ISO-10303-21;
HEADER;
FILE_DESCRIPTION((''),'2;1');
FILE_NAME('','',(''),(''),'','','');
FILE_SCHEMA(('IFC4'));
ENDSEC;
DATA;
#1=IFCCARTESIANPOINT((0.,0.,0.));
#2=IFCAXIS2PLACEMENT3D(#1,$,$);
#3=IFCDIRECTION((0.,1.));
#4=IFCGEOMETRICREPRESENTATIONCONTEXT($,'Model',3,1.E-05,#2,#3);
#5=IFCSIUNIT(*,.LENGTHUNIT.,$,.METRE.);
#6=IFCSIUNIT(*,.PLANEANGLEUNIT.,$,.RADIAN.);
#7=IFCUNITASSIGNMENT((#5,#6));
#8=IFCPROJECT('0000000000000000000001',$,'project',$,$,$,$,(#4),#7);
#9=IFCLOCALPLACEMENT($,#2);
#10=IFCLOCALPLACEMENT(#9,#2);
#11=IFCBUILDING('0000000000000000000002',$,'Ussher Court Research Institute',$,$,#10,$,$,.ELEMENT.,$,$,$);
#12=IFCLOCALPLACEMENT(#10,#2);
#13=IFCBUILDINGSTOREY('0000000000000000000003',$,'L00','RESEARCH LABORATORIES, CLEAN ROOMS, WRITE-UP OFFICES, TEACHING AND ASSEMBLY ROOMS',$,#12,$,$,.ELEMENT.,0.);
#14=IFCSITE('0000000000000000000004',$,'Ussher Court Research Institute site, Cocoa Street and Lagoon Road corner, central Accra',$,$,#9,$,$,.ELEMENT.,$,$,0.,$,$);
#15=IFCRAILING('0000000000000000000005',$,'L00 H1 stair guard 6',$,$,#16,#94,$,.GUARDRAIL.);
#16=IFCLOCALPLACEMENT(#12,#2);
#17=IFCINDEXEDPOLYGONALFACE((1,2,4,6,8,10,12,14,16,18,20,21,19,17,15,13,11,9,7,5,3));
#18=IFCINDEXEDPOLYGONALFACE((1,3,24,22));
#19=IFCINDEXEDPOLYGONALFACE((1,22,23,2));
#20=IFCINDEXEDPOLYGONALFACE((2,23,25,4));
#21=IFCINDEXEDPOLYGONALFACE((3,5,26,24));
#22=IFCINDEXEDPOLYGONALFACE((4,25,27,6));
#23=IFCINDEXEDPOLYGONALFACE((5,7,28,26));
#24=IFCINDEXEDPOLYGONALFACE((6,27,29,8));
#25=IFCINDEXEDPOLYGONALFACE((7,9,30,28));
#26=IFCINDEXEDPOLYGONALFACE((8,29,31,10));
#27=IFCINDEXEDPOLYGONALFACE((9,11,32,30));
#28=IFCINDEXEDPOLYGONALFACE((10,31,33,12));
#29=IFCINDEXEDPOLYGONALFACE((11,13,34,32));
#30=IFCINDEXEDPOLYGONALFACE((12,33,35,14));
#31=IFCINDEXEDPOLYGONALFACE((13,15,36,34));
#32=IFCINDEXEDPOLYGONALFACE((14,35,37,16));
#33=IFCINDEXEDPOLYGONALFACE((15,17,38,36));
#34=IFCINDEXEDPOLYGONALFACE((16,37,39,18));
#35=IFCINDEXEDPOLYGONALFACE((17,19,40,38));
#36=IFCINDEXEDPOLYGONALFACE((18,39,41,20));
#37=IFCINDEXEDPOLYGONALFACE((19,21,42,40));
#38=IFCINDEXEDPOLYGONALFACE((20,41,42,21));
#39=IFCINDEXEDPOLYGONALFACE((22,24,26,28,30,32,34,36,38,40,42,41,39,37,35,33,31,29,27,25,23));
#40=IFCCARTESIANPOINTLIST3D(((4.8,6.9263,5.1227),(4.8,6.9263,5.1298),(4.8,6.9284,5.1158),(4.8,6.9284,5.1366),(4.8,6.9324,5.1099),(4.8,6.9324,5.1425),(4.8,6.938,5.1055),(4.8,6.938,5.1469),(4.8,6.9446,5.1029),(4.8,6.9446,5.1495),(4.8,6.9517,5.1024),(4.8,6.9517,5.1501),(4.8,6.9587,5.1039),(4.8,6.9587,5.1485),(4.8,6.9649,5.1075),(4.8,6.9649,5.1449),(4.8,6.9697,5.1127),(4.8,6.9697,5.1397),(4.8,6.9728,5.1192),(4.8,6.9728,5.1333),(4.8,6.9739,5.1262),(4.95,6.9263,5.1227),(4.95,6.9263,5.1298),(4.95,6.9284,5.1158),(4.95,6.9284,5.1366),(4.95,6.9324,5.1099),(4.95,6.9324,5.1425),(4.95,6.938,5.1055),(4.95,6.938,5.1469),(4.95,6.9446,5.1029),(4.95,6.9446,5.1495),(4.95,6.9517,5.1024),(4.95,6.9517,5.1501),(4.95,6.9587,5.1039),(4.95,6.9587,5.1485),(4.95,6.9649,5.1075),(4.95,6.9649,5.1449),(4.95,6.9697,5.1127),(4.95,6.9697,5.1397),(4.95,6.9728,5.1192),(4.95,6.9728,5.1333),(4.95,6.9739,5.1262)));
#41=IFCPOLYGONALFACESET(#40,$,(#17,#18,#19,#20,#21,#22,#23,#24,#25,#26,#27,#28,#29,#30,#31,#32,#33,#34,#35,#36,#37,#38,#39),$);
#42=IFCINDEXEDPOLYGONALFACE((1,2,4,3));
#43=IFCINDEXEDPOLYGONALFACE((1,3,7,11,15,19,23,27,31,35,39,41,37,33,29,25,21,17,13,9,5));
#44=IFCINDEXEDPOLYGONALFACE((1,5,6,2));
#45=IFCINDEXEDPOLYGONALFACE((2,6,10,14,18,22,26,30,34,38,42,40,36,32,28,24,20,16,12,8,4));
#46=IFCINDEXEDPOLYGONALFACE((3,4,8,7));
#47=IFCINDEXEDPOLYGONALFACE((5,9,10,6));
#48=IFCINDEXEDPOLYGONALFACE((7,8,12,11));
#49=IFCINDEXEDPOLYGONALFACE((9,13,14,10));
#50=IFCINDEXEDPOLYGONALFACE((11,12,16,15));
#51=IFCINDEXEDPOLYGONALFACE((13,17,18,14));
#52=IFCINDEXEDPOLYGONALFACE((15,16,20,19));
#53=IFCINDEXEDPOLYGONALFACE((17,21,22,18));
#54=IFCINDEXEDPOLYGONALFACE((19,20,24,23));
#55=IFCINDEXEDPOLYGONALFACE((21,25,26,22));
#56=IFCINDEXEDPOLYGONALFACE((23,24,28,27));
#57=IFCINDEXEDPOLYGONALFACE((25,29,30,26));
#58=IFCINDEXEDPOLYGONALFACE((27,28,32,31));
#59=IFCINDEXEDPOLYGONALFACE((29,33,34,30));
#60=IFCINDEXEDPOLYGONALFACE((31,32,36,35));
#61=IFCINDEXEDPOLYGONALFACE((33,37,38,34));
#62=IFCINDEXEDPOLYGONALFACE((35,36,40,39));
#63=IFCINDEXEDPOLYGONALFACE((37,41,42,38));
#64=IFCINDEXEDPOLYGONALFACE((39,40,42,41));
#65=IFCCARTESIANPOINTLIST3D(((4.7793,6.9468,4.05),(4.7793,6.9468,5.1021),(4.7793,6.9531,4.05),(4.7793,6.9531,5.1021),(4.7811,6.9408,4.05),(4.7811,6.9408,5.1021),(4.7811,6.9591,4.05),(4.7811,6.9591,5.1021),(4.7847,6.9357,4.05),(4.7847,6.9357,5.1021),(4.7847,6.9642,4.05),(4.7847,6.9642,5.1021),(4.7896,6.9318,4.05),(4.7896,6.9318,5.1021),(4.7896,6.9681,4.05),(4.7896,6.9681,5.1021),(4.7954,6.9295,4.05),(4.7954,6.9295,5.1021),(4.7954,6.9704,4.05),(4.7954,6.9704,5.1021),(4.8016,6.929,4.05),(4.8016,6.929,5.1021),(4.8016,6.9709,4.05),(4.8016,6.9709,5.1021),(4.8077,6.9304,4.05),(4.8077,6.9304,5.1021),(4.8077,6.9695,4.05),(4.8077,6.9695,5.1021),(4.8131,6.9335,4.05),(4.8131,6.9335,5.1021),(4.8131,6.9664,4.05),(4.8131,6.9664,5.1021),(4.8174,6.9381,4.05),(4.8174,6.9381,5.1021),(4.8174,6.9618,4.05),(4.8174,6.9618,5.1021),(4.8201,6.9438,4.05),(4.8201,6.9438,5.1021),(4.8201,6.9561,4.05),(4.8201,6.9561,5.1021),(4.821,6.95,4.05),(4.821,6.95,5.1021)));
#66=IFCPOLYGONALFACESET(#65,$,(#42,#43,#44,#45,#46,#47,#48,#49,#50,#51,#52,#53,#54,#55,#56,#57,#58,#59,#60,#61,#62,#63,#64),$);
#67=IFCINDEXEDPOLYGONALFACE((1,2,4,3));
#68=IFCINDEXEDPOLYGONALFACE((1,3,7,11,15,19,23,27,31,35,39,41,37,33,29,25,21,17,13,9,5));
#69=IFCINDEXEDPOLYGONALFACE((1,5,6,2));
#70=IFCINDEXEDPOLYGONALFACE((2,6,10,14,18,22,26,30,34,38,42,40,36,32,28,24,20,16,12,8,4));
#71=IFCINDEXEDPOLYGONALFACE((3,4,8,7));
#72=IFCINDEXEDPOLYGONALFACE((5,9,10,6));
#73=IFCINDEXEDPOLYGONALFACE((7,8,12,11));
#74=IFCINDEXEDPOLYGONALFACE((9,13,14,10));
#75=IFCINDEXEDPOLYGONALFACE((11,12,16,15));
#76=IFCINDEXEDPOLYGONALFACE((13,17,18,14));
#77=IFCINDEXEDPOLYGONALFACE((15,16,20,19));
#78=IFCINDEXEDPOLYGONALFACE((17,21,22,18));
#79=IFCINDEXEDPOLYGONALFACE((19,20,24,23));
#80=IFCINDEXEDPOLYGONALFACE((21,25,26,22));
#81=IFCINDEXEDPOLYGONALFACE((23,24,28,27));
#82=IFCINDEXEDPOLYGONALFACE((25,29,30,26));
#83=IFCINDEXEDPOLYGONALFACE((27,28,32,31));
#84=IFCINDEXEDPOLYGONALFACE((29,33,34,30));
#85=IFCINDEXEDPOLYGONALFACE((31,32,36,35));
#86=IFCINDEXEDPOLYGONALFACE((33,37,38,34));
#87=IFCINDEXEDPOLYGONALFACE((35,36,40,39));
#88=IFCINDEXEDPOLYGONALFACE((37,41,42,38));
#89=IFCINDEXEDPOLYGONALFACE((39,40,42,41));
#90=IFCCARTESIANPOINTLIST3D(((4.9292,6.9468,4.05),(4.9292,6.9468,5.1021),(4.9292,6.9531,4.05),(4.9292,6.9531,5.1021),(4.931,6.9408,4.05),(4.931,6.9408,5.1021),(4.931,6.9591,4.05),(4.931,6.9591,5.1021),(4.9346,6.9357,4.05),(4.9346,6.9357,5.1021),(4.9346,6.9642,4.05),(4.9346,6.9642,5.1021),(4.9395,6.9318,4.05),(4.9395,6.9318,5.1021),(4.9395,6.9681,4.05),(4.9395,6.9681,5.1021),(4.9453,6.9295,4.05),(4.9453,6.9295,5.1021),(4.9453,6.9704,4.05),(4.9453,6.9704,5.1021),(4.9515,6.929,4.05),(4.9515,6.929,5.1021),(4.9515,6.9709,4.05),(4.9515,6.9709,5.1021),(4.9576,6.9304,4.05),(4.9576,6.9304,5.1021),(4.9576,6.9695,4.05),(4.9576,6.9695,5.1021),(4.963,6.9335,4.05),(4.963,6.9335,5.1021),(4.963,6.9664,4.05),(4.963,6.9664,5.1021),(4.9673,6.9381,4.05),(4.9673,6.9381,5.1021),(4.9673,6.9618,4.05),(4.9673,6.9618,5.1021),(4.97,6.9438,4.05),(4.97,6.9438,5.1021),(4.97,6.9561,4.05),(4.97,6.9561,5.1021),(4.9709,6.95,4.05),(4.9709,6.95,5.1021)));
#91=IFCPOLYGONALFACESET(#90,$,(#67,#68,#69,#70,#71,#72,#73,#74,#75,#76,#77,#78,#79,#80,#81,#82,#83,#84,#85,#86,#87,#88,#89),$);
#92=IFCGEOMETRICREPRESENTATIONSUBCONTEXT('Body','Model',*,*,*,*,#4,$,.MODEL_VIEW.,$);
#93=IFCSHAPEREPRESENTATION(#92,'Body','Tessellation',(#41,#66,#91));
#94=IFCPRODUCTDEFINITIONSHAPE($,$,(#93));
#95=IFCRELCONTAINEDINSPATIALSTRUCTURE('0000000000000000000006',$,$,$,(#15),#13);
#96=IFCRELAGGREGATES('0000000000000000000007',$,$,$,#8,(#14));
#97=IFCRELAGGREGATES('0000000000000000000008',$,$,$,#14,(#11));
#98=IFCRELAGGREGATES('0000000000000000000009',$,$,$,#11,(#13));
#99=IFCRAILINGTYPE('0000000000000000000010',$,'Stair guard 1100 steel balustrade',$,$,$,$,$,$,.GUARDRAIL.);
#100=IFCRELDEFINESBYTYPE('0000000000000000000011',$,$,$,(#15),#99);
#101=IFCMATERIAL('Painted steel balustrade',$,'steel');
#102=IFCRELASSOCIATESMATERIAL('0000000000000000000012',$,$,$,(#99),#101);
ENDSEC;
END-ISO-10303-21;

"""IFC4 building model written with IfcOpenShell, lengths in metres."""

from ifc_helpers import new_model, si_unit, direction, frame, origin, origin_2d, place, context, subcontext, project, spatial, circle, extrude, material, type_object, element, save


model = new_model("IFC4")

# Units and contexts
model_context = context("Model", 3, precision=1e-05, world=origin(), true_north=direction((0.0, 1.0)))
body_context = subcontext(model_context, "Body", "Model", "MODEL_VIEW")
ifc_project = project(units=[si_unit("LENGTHUNIT", "METRE"), si_unit("PLANEANGLEUNIT", "RADIAN")], contexts=[model_context])

# Site, building, storey
site_placement = place(None, origin())
site = spatial("IfcSite", under=ifc_project, at=site_placement, Name="Ussher Court Research Institute site, Cocoa Street and Lagoon Road corner, central Accra", CompositionType="ELEMENT", RefElevation=0.0)
building_placement = place(site_placement, origin())
building = spatial("IfcBuilding", under=site, at=building_placement, Name="Ussher Court Research Institute", CompositionType="ELEMENT")
storey_placement = place(building_placement, origin())
storey = spatial("IfcBuildingStorey", under=building, at=storey_placement, Name="L00", Description="RESEARCH LABORATORIES, CLEAN ROOMS, WRITE-UP OFFICES, TEACHING AND ASSEMBLY ROOMS", CompositionType="ELEMENT", Elevation=0.0)

# Railing
ifc_material_1 = material(Name="Painted steel balustrade", Category="steel")
railing_type_1 = type_object("IfcRailingType", Name="Stair guard 1100 steel balustrade", PredefinedType="GUARDRAIL", material=ifc_material_1)
railing_1_placement = place(storey_placement, frame((4.8, 6.95, 4.05)))
element("IfcRailing", 1, at=railing_1_placement, inside=storey, type_object=railing_type_1, Name="L00 H1 stair guard 6", PredefinedType="GUARDRAIL", context=body_context, shape_type="SweptSolid", body=[
    extrude(circle(Radius=0.0239, at=origin_2d()), frame((0.0, 0.0, 1.0762), z_axis=(1.0, 0.0, 0.0), x_axis=(0.0, 1.0, 0.0)), (0.0, 0.0, 1.0), 0.1499),
    extrude(circle(Radius=0.021, at=origin_2d()), origin(), (0.0, 0.0, 1.0), 1.052),
    extrude(circle(Radius=0.021, at=origin_2d()), frame((0.1499, 0.0, 0.0)), (0.0, 0.0, 1.0), 1.052),
])

save(model, "model.ifc")
